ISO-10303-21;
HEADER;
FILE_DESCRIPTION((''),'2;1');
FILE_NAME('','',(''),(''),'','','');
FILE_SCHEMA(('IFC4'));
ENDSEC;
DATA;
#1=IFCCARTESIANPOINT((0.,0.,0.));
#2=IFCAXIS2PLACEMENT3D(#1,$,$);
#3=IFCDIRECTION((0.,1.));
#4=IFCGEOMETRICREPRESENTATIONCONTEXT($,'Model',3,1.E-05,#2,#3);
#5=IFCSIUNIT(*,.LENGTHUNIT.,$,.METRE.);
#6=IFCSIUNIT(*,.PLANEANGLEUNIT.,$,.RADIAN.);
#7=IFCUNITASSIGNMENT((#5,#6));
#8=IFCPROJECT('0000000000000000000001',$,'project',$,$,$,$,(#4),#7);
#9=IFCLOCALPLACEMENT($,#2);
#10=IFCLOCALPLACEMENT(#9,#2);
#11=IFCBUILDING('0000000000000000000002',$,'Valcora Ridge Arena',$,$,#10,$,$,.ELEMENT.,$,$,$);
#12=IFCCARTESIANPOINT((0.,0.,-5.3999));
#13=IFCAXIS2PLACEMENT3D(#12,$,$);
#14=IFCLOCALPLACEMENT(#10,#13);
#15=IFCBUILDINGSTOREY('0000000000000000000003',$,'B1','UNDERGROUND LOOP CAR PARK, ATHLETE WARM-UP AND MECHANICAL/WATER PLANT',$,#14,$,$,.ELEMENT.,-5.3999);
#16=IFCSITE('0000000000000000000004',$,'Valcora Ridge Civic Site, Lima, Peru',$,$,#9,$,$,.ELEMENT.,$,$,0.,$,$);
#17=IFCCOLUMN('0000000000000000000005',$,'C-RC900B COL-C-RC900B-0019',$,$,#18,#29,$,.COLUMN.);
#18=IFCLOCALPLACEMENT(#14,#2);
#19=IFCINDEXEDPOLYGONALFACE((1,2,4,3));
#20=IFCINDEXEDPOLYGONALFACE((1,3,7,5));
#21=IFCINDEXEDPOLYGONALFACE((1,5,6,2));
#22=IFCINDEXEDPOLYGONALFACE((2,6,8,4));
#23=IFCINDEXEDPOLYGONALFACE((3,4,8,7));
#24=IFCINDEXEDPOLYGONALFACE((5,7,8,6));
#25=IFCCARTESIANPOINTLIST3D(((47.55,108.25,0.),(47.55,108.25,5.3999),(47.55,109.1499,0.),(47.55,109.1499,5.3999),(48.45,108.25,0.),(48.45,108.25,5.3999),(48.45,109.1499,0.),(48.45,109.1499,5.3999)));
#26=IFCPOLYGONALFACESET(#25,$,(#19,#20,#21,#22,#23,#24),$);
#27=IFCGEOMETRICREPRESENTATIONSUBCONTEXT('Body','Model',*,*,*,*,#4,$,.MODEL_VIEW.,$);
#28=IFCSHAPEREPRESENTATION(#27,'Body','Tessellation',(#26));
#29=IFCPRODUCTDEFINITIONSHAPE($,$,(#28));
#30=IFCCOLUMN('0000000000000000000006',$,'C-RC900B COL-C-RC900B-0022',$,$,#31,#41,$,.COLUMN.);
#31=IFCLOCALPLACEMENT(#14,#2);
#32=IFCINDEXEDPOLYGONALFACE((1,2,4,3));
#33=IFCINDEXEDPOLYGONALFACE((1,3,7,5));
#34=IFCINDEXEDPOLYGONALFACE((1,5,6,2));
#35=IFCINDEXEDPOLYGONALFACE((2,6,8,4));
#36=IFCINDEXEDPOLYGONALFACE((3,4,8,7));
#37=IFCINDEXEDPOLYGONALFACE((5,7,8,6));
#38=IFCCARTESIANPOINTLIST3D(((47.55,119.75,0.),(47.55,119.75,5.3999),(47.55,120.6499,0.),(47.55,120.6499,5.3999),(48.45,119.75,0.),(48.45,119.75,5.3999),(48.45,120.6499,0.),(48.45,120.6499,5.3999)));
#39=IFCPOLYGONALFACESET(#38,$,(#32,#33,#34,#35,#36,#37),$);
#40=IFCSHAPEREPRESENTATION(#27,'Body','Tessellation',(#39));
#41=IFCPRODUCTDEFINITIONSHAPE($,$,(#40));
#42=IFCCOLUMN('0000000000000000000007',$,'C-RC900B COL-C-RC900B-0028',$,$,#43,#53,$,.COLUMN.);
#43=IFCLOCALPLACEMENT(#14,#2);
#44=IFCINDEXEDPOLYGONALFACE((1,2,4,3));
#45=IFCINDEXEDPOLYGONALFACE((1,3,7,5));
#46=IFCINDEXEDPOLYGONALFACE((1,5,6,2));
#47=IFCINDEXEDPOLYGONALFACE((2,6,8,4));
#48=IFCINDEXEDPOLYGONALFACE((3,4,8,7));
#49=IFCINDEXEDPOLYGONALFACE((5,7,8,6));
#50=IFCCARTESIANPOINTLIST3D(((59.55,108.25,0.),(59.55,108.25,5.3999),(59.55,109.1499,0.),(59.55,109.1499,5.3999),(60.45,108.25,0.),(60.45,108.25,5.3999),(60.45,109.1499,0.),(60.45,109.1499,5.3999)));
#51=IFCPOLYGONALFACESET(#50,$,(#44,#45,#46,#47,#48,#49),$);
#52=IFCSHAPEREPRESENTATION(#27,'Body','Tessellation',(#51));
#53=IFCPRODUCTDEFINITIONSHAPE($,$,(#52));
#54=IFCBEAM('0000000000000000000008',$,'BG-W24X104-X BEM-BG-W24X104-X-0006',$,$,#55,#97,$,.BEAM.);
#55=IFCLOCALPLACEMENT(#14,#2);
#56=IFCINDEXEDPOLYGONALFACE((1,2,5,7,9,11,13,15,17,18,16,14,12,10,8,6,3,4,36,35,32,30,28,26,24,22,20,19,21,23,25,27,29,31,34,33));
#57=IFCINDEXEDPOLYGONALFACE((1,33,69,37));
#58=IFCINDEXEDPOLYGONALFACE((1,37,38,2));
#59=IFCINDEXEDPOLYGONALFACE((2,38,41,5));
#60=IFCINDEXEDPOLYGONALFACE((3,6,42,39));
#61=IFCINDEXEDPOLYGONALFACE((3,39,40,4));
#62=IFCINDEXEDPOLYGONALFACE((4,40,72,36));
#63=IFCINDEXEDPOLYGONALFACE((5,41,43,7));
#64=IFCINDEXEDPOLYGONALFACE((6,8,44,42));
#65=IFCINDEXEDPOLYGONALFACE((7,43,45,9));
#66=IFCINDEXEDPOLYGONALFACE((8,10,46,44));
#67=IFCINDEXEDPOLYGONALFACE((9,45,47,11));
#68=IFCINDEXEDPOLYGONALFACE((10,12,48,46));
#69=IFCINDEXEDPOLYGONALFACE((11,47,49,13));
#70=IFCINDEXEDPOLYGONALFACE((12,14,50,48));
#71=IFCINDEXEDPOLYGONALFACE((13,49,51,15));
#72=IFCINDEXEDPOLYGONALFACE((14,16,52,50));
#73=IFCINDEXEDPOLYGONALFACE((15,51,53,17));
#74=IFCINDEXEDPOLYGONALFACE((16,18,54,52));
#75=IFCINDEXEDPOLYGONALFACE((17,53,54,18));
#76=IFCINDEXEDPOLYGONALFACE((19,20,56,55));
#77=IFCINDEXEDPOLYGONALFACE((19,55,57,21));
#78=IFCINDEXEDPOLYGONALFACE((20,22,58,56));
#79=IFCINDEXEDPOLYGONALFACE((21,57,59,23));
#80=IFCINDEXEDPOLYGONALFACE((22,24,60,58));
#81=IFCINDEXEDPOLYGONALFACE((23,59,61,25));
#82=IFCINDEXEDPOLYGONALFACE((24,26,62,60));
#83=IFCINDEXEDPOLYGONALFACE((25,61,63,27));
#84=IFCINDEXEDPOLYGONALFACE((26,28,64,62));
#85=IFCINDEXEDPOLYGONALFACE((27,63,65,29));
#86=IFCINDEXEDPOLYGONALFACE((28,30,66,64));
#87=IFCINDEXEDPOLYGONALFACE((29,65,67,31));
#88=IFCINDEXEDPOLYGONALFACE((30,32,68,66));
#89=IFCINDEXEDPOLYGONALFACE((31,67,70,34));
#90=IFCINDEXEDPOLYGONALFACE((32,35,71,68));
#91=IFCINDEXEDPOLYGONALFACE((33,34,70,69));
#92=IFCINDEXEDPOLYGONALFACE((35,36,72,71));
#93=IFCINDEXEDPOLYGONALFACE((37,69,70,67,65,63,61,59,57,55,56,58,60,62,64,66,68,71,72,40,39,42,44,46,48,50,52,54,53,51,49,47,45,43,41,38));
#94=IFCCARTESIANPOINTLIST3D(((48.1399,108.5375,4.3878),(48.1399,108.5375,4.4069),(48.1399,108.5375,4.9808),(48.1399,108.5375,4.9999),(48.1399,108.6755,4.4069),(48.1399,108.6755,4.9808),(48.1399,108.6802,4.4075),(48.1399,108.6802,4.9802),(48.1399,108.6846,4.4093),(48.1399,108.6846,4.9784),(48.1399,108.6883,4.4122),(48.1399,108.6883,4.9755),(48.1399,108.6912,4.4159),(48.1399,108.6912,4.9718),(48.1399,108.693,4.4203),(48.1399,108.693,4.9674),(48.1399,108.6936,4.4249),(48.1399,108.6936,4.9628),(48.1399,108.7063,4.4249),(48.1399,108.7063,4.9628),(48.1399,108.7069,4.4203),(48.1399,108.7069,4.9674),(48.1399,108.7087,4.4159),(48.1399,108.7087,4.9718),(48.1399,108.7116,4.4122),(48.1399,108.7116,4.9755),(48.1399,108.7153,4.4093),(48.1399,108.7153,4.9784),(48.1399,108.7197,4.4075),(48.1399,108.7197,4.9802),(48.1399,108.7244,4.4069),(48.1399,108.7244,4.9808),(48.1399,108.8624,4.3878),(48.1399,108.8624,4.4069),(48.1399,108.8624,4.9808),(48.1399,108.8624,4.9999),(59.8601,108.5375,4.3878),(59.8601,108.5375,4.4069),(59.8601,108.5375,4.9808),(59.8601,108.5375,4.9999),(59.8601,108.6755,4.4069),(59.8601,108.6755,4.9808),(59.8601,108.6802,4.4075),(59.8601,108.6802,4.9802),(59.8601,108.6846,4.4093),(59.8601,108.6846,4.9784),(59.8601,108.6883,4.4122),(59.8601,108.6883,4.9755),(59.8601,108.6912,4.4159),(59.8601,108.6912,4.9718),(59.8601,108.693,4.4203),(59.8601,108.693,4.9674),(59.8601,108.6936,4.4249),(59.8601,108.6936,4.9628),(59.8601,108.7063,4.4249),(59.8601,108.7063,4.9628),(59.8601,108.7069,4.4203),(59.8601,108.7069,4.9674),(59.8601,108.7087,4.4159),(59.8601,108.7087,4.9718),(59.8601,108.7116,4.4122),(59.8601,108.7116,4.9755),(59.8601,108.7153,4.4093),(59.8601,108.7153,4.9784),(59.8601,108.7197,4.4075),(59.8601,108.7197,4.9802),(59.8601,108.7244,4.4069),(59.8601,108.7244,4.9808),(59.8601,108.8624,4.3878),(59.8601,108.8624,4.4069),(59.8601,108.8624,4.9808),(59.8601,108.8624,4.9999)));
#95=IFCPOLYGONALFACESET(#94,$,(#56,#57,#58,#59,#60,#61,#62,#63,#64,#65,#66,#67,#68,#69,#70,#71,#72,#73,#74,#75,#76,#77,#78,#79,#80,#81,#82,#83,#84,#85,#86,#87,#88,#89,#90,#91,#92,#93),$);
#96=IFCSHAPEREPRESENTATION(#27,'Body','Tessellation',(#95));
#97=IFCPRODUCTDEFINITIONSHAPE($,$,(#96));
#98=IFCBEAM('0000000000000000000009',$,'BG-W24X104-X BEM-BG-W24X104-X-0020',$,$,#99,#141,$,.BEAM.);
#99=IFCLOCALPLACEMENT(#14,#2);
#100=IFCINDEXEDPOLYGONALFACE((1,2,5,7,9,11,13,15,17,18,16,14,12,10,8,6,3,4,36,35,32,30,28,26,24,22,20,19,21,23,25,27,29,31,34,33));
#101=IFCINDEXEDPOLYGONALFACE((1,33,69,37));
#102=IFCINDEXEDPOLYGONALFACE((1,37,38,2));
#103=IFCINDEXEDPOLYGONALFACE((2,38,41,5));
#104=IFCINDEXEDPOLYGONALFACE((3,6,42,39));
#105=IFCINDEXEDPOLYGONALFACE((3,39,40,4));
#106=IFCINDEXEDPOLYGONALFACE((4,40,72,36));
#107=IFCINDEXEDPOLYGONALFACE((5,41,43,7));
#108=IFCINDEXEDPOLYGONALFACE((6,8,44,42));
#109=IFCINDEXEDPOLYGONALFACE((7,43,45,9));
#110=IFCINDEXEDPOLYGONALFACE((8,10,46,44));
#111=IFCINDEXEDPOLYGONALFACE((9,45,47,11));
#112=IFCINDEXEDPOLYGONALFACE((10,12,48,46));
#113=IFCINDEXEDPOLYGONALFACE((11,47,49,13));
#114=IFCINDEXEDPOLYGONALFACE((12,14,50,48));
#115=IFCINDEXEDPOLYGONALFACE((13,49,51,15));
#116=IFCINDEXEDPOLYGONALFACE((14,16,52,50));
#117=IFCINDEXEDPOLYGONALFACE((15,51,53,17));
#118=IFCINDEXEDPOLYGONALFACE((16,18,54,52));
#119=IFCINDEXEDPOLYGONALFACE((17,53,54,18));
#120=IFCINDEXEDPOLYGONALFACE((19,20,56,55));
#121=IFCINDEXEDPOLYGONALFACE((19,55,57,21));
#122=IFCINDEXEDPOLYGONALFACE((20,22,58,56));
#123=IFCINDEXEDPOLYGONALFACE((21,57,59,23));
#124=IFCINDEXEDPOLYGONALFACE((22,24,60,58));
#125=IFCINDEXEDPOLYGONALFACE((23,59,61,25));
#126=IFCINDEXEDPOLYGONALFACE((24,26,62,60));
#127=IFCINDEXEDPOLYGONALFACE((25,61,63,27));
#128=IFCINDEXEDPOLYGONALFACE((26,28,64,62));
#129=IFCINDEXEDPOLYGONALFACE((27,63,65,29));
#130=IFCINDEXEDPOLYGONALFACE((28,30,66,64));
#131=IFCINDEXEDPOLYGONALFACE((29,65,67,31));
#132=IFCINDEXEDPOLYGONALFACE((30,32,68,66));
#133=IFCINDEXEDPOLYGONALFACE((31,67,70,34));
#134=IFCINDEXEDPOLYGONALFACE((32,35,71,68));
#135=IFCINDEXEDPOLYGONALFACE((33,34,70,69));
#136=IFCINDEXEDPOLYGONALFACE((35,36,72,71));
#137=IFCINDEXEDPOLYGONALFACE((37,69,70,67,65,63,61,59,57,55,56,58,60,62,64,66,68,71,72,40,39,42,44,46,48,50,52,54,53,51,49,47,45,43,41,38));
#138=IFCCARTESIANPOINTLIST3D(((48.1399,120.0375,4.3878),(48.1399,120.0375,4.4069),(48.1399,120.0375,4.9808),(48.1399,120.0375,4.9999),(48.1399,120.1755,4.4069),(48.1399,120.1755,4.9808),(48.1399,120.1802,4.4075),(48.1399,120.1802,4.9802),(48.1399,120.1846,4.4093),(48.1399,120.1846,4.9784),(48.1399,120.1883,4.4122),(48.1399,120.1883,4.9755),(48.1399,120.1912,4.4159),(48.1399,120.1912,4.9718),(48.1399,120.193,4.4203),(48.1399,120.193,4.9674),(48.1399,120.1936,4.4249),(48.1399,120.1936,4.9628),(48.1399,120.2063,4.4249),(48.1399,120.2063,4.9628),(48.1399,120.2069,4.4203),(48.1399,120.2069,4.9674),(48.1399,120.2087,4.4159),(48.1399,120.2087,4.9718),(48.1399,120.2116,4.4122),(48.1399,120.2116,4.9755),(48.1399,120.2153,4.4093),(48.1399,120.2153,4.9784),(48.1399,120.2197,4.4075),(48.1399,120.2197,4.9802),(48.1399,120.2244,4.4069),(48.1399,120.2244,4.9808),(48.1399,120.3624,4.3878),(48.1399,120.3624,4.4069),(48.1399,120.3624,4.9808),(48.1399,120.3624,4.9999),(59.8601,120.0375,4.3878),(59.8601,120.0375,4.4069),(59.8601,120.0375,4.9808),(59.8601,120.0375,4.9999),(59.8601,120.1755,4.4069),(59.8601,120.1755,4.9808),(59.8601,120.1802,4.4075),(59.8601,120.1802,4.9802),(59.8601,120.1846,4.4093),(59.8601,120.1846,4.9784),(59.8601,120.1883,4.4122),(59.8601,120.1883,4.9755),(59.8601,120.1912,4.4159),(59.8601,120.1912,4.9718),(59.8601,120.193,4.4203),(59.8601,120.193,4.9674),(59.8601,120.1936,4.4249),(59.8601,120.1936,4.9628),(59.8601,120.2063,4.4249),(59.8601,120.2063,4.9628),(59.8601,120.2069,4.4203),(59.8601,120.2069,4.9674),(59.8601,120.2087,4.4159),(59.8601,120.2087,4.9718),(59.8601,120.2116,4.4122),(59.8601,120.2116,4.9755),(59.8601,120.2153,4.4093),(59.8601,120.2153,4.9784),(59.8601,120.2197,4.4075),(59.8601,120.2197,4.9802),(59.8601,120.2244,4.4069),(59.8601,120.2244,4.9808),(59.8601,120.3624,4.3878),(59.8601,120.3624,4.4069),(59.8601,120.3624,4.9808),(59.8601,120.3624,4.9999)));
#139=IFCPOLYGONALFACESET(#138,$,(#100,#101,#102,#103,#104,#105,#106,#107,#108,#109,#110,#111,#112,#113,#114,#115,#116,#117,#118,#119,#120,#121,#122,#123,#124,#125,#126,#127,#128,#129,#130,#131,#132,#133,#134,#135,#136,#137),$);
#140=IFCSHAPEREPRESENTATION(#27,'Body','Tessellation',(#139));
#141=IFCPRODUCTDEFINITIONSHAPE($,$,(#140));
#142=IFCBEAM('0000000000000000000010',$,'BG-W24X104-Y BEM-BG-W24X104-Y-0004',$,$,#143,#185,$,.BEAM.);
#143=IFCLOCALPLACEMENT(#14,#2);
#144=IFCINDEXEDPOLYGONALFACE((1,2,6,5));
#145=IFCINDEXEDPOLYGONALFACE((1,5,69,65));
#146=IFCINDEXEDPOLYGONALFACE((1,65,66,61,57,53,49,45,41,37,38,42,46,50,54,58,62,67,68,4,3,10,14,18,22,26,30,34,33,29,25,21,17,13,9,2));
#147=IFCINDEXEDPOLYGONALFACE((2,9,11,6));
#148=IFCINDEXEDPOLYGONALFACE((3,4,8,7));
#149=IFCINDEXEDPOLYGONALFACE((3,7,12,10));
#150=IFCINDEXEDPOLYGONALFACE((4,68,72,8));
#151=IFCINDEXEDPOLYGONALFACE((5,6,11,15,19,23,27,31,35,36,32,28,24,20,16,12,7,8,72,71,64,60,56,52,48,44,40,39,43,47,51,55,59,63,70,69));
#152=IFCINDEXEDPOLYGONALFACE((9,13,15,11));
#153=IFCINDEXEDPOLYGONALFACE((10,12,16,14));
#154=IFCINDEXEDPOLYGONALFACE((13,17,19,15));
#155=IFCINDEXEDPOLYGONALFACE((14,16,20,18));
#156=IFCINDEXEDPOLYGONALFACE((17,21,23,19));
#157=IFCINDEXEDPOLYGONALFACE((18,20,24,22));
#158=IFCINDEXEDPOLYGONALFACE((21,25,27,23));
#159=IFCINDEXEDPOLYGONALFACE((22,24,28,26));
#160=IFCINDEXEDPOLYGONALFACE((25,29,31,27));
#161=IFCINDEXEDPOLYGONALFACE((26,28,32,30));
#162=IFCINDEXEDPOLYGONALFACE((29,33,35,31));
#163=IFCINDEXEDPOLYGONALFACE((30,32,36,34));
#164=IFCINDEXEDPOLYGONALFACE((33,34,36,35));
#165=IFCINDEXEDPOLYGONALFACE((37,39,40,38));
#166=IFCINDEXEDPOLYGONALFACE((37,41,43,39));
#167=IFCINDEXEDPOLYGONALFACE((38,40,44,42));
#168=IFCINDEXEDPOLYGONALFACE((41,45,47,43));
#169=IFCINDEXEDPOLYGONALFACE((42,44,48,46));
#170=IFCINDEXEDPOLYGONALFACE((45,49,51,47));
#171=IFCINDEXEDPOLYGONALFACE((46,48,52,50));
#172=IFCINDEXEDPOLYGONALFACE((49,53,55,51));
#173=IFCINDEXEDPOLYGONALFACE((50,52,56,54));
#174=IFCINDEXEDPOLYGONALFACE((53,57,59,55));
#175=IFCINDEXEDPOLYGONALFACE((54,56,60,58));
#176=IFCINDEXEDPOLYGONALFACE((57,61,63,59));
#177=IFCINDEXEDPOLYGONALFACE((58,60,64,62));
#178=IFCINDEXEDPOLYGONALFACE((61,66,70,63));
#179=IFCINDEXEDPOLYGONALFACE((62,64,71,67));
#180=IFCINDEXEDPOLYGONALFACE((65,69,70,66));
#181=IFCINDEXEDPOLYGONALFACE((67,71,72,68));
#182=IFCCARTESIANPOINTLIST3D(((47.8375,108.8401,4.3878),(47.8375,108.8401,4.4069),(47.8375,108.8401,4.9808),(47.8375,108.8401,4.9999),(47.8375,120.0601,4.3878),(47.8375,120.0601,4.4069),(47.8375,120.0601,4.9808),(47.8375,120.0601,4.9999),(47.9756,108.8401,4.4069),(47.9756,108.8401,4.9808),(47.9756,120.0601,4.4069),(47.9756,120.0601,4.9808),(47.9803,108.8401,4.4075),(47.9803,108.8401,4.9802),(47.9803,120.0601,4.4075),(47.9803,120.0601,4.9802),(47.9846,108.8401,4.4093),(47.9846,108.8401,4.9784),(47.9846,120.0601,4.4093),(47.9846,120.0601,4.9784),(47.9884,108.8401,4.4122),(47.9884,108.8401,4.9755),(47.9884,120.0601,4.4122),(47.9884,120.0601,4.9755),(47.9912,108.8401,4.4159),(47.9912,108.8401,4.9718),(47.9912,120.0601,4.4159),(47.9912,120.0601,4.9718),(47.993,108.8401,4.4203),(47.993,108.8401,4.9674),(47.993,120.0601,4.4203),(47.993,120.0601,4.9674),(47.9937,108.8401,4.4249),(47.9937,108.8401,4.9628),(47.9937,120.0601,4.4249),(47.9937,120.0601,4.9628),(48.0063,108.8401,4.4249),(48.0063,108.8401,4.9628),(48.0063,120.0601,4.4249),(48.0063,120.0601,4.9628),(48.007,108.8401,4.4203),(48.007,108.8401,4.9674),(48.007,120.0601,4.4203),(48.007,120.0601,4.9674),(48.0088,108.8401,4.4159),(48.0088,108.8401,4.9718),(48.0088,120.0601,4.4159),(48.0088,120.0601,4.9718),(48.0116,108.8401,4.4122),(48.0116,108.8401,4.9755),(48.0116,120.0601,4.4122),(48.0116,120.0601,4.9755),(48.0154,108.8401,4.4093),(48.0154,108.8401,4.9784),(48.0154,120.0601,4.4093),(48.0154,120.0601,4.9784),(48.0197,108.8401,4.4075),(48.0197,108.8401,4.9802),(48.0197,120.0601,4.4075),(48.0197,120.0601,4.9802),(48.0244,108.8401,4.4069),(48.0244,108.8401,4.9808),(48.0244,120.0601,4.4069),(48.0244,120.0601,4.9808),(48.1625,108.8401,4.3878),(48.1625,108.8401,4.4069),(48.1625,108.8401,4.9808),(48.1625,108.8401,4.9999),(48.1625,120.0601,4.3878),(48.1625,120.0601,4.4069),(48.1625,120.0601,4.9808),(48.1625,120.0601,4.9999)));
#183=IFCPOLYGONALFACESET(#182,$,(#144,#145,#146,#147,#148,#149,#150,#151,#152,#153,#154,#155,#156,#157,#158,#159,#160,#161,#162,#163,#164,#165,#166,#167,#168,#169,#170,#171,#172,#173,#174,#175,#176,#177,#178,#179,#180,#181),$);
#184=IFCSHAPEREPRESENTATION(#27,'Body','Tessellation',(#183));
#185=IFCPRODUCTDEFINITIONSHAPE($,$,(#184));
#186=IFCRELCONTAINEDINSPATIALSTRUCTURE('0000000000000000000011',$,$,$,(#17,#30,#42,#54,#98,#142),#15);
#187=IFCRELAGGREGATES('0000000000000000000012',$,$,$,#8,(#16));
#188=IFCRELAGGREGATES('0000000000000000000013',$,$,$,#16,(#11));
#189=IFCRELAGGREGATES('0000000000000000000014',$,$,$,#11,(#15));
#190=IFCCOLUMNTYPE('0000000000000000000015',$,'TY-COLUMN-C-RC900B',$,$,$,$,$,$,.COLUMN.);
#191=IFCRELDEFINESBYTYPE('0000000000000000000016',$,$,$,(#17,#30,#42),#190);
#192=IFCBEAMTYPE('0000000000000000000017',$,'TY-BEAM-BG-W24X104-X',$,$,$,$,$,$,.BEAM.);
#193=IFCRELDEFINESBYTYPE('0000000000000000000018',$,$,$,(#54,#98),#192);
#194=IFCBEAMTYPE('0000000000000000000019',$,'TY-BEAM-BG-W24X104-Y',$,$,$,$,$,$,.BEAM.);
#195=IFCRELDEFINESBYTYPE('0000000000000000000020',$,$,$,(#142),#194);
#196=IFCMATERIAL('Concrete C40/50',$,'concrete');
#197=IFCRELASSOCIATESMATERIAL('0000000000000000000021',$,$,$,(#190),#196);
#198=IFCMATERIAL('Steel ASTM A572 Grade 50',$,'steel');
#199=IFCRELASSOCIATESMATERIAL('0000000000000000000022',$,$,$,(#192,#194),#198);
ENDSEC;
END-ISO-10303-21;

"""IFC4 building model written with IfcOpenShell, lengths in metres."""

from ifc_helpers import new_model, si_unit, direction, frame, origin, origin_2d, place, context, subcontext, project, spatial, rectangle, i_section, extrude, material, material_profile, profile_set, type_object, element, save


model = new_model("IFC4")

# Units and contexts
model_context = context("Model", 3, precision=1e-05, world=origin(), true_north=direction((0.0, 1.0)))
body_context = subcontext(model_context, "Body", "Model", "MODEL_VIEW")
ifc_project = project(units=[si_unit("LENGTHUNIT", "METRE"), si_unit("PLANEANGLEUNIT", "RADIAN")], contexts=[model_context])

# Site, building, storey
site_placement = place(None, origin())
site = spatial("IfcSite", under=ifc_project, at=site_placement, Name="Valcora Ridge Civic Site, Lima, Peru", CompositionType="ELEMENT", RefElevation=0.0)
building_placement = place(site_placement, origin())
building = spatial("IfcBuilding", under=site, at=building_placement, Name="Valcora Ridge Arena", CompositionType="ELEMENT")
storey_placement = place(building_placement, frame((0.0, 0.0, -5.3999)))
storey = spatial("IfcBuildingStorey", under=building, at=storey_placement, Name="B1", Description="UNDERGROUND LOOP CAR PARK, ATHLETE WARM-UP AND MECHANICAL/WATER PLANT", CompositionType="ELEMENT", Elevation=-5.3999)

# Shared definitions
ifc_material_1 = material(Name="Concrete C40/50", Category="concrete")

# Columns
ifc_material_profile_1 = material_profile(ifc_material_1, rectangle(XDim=0.8999, YDim=0.8999, at=origin_2d()), Name="RC 900x900")
ifc_profile_set_1 = profile_set([ifc_material_profile_1], Name="Concrete C40/50")
column_type_1 = type_object("IfcColumnType", Name="TY-COLUMN-C-RC900B", PredefinedType="COLUMN", material=ifc_profile_set_1)
for number, where, z_axis, x_axis, name in (
    (1, (48.0, 108.7, 0.0), (0.0, 0.0, 1.0), (1.0, 0.0, 0.0), "C-RC900B COL-C-RC900B-0019"),
    (2, (48.0, 120.2, 0.0), (0.0, 0.0, 1.0), (1.0, 0.0, 0.0), "C-RC900B COL-C-RC900B-0022"),
    (3, (60.0, 108.7, 0.0), (0.0, 0.0, 1.0), (1.0, 0.0, 0.0), "C-RC900B COL-C-RC900B-0028"),
):
    element("IfcColumn", number, at=place(storey_placement, frame(where, z_axis=z_axis, x_axis=x_axis)), inside=storey, type_object=column_type_1, Name=name, PredefinedType="COLUMN", context=body_context, shape_type="SweptSolid", body=[
        extrude(rectangle(XDim=0.8999, YDim=0.8999, at=origin_2d()), origin(), (0.0, 0.0, 1.0), 5.3999),
    ])

# Beams
ifc_material_2 = material(Name="Steel ASTM A572 Grade 50", Category="steel")
ifc_material_profile_2 = material_profile(ifc_material_2, i_section(OverallWidth=0.325, OverallDepth=0.6121, WebThickness=0.0127, FlangeThickness=0.019, FilletRadius=0.0181, at=origin_2d()), Name="W24X104")
ifc_profile_set_2 = profile_set([ifc_material_profile_2], Name="Steel ASTM A572 Grade 50")
beam_type_1 = type_object("IfcBeamType", Name="TY-BEAM-BG-W24X104-X", PredefinedType="BEAM", material=ifc_profile_set_2)
for number, where, z_axis, x_axis, name in (
    (4, (48.1399, 108.7, 4.6938), (1.0, 0.0, 0.0), (0.0, 1.0, 0.0), "BG-W24X104-X BEM-BG-W24X104-X-0006"),
    (5, (48.1399, 120.2, 4.6938), (1.0, 0.0, 0.0), (0.0, 1.0, 0.0), "BG-W24X104-X BEM-BG-W24X104-X-0020"),
):
    element("IfcBeam", number, at=place(storey_placement, frame(where, z_axis=z_axis, x_axis=x_axis)), inside=storey, type_object=beam_type_1, Name=name, PredefinedType="BEAM", context=body_context, shape_type="SweptSolid", body=[
        extrude(i_section(OverallWidth=0.325, OverallDepth=0.6121, WebThickness=0.0127, FlangeThickness=0.019, FilletRadius=0.0181, at=origin_2d()), origin(), (0.0, 0.0, 1.0), 11.7202),
    ])
ifc_material_profile_3 = material_profile(ifc_material_2, i_section(OverallWidth=0.325, OverallDepth=0.6121, WebThickness=0.0127, FlangeThickness=0.019, FilletRadius=0.0181, at=origin_2d()), Name="W24X104")
ifc_profile_set_3 = profile_set([ifc_material_profile_3], Name="Steel ASTM A572 Grade 50")
beam_type_2 = type_object("IfcBeamType", Name="TY-BEAM-BG-W24X104-Y", PredefinedType="BEAM", material=ifc_profile_set_3)
for number, where, z_axis, x_axis, name in (
    (6, (48.0, 108.8401, 4.6938), (0.0, 1.0, 0.0), (-1.0, 0.0, 0.0), "BG-W24X104-Y BEM-BG-W24X104-Y-0004"),
):
    element("IfcBeam", number, at=place(storey_placement, frame(where, z_axis=z_axis, x_axis=x_axis)), inside=storey, type_object=beam_type_2, Name=name, PredefinedType="BEAM", context=body_context, shape_type="SweptSolid", body=[
        extrude(i_section(OverallWidth=0.325, OverallDepth=0.6121, WebThickness=0.0127, FlangeThickness=0.019, FilletRadius=0.0181, at=origin_2d()), origin(), (0.0, 0.0, 1.0), 11.22),
    ])

save(model, "model.ifc")
